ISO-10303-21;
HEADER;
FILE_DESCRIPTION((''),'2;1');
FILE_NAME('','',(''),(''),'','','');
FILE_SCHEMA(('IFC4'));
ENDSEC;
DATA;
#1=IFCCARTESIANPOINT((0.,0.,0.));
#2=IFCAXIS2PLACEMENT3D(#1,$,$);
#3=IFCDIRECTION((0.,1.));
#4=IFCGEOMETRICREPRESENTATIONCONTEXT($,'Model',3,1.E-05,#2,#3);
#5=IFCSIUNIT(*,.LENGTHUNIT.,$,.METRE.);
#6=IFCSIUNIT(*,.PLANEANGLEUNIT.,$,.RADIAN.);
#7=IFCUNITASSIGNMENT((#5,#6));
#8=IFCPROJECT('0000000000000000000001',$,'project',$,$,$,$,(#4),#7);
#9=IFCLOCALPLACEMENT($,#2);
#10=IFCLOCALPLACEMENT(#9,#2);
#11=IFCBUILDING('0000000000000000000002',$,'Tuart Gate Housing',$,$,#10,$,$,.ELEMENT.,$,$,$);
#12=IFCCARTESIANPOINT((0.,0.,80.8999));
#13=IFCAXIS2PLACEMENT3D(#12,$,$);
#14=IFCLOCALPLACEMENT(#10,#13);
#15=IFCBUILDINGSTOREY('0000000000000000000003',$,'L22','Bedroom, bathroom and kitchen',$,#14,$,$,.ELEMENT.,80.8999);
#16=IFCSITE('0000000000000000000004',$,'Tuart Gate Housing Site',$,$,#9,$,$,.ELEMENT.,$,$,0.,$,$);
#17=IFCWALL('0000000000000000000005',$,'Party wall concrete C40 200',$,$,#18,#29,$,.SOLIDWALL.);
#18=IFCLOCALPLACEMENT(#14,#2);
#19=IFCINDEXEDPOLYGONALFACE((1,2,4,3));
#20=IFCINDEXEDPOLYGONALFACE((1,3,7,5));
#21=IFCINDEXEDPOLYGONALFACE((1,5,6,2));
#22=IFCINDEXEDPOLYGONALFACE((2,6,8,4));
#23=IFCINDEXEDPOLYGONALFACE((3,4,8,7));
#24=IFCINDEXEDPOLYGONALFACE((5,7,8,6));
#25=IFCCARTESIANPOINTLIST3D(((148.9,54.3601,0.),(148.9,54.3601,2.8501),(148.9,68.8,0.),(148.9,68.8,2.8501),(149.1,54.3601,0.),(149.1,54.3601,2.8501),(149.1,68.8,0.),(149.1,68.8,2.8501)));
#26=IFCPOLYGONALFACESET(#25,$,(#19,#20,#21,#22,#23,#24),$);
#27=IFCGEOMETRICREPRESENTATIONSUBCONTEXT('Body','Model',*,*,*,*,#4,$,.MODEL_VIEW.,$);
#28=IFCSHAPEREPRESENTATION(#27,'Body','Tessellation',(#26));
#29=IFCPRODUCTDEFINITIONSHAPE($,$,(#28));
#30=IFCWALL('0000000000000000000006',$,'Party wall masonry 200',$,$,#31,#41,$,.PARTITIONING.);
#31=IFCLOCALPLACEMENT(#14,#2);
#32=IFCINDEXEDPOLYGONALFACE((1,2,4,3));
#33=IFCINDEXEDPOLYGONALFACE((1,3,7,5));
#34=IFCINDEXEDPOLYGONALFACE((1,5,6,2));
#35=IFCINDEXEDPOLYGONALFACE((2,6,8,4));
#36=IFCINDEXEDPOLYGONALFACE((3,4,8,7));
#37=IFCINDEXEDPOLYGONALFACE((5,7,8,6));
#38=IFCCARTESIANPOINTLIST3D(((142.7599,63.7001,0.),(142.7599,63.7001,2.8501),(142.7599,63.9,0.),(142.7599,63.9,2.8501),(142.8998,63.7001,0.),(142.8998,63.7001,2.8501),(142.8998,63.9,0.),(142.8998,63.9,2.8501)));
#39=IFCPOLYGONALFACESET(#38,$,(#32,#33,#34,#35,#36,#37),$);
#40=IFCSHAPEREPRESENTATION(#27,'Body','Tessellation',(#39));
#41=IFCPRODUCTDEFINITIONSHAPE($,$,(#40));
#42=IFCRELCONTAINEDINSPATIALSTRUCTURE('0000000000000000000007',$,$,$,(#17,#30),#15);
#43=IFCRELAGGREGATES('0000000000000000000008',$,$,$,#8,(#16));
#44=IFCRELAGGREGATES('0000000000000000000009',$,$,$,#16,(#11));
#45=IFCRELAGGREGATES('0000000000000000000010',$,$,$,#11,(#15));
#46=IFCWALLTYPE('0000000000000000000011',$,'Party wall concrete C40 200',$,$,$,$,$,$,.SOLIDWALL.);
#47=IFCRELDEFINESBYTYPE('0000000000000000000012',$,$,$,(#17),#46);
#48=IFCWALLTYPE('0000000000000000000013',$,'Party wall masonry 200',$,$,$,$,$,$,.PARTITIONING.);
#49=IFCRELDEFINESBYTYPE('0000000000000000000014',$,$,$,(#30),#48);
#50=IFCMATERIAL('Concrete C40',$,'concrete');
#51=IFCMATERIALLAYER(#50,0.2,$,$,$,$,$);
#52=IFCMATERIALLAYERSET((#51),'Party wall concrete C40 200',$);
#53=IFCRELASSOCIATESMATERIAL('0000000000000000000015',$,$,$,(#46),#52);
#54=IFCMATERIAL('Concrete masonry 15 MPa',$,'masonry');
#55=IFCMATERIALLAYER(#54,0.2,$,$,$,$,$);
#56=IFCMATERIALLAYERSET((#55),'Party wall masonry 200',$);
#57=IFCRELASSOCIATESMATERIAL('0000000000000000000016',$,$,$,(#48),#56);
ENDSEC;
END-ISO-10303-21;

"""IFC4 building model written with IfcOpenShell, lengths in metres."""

from ifc_helpers import new_model, si_unit, direction, frame, frame_2d, origin, place, context, subcontext, project, spatial, rectangle, extrude, material, layer, layer_set, type_object, element, save


model = new_model("IFC4")

# Units and contexts
model_context = context("Model", 3, precision=1e-05, world=origin(), true_north=direction((0.0, 1.0)))
body_context = subcontext(model_context, "Body", "Model", "MODEL_VIEW")
ifc_project = project(units=[si_unit("LENGTHUNIT", "METRE"), si_unit("PLANEANGLEUNIT", "RADIAN")], contexts=[model_context])

# Site, building, storey
site_placement = place(None, origin())
site = spatial("IfcSite", under=ifc_project, at=site_placement, Name="Tuart Gate Housing Site", CompositionType="ELEMENT", RefElevation=0.0)
building_placement = place(site_placement, origin())
building = spatial("IfcBuilding", under=site, at=building_placement, Name="Tuart Gate Housing", CompositionType="ELEMENT")
storey_placement = place(building_placement, frame((0.0, 0.0, 80.8999)))
storey = spatial("IfcBuildingStorey", under=building, at=storey_placement, Name="L22", Description="Bedroom, bathroom and kitchen", CompositionType="ELEMENT", Elevation=80.8999)

# Walls
ifc_material_1 = material(Name="Concrete C40", Category="concrete")
ifc_layer_1 = layer(ifc_material_1, 0.2)
ifc_layer_set_1 = layer_set([ifc_layer_1], Name="Party wall concrete C40 200")
wall_type_1 = type_object("IfcWallType", Name="Party wall concrete C40 200", PredefinedType="SOLIDWALL", material=ifc_layer_set_1)
wall_1_placement = place(storey_placement, frame((149.0, 54.3601, 0.0), z_axis=(0.0, 0.0, 1.0), x_axis=(0.0, 1.0, 0.0)))
element("IfcWall", 1, at=wall_1_placement, inside=storey, type_object=wall_type_1, Name="Party wall concrete C40 200", PredefinedType="SOLIDWALL", context=body_context, shape_type="SweptSolid", body=[
    extrude(rectangle(XDim=14.4399, YDim=0.2, at=frame_2d((7.22, 0.0))), origin(), (0.0, 0.0, 1.0), 2.8501),
])
ifc_material_2 = material(Name="Concrete masonry 15 MPa", Category="masonry")
ifc_layer_2 = layer(ifc_material_2, 0.2)
ifc_layer_set_2 = layer_set([ifc_layer_2], Name="Party wall masonry 200")
wall_type_2 = type_object("IfcWallType", Name="Party wall masonry 200", PredefinedType="PARTITIONING", material=ifc_layer_set_2)
wall_2_placement = place(storey_placement, frame((142.76, 63.8, 0.0), z_axis=(0.0, 0.0, 1.0), x_axis=(1.0, 0.0, 0.0)))
element("IfcWall", 2, at=wall_2_placement, inside=storey, type_object=wall_type_2, Name="Party wall masonry 200", PredefinedType="PARTITIONING", context=body_context, shape_type="SweptSolid", body=[
    extrude(rectangle(XDim=0.1399, YDim=0.2, at=frame_2d((0.0698, 0.0))), origin(), (0.0, 0.0, 1.0), 2.8501),
])

save(model, "model.ifc")
